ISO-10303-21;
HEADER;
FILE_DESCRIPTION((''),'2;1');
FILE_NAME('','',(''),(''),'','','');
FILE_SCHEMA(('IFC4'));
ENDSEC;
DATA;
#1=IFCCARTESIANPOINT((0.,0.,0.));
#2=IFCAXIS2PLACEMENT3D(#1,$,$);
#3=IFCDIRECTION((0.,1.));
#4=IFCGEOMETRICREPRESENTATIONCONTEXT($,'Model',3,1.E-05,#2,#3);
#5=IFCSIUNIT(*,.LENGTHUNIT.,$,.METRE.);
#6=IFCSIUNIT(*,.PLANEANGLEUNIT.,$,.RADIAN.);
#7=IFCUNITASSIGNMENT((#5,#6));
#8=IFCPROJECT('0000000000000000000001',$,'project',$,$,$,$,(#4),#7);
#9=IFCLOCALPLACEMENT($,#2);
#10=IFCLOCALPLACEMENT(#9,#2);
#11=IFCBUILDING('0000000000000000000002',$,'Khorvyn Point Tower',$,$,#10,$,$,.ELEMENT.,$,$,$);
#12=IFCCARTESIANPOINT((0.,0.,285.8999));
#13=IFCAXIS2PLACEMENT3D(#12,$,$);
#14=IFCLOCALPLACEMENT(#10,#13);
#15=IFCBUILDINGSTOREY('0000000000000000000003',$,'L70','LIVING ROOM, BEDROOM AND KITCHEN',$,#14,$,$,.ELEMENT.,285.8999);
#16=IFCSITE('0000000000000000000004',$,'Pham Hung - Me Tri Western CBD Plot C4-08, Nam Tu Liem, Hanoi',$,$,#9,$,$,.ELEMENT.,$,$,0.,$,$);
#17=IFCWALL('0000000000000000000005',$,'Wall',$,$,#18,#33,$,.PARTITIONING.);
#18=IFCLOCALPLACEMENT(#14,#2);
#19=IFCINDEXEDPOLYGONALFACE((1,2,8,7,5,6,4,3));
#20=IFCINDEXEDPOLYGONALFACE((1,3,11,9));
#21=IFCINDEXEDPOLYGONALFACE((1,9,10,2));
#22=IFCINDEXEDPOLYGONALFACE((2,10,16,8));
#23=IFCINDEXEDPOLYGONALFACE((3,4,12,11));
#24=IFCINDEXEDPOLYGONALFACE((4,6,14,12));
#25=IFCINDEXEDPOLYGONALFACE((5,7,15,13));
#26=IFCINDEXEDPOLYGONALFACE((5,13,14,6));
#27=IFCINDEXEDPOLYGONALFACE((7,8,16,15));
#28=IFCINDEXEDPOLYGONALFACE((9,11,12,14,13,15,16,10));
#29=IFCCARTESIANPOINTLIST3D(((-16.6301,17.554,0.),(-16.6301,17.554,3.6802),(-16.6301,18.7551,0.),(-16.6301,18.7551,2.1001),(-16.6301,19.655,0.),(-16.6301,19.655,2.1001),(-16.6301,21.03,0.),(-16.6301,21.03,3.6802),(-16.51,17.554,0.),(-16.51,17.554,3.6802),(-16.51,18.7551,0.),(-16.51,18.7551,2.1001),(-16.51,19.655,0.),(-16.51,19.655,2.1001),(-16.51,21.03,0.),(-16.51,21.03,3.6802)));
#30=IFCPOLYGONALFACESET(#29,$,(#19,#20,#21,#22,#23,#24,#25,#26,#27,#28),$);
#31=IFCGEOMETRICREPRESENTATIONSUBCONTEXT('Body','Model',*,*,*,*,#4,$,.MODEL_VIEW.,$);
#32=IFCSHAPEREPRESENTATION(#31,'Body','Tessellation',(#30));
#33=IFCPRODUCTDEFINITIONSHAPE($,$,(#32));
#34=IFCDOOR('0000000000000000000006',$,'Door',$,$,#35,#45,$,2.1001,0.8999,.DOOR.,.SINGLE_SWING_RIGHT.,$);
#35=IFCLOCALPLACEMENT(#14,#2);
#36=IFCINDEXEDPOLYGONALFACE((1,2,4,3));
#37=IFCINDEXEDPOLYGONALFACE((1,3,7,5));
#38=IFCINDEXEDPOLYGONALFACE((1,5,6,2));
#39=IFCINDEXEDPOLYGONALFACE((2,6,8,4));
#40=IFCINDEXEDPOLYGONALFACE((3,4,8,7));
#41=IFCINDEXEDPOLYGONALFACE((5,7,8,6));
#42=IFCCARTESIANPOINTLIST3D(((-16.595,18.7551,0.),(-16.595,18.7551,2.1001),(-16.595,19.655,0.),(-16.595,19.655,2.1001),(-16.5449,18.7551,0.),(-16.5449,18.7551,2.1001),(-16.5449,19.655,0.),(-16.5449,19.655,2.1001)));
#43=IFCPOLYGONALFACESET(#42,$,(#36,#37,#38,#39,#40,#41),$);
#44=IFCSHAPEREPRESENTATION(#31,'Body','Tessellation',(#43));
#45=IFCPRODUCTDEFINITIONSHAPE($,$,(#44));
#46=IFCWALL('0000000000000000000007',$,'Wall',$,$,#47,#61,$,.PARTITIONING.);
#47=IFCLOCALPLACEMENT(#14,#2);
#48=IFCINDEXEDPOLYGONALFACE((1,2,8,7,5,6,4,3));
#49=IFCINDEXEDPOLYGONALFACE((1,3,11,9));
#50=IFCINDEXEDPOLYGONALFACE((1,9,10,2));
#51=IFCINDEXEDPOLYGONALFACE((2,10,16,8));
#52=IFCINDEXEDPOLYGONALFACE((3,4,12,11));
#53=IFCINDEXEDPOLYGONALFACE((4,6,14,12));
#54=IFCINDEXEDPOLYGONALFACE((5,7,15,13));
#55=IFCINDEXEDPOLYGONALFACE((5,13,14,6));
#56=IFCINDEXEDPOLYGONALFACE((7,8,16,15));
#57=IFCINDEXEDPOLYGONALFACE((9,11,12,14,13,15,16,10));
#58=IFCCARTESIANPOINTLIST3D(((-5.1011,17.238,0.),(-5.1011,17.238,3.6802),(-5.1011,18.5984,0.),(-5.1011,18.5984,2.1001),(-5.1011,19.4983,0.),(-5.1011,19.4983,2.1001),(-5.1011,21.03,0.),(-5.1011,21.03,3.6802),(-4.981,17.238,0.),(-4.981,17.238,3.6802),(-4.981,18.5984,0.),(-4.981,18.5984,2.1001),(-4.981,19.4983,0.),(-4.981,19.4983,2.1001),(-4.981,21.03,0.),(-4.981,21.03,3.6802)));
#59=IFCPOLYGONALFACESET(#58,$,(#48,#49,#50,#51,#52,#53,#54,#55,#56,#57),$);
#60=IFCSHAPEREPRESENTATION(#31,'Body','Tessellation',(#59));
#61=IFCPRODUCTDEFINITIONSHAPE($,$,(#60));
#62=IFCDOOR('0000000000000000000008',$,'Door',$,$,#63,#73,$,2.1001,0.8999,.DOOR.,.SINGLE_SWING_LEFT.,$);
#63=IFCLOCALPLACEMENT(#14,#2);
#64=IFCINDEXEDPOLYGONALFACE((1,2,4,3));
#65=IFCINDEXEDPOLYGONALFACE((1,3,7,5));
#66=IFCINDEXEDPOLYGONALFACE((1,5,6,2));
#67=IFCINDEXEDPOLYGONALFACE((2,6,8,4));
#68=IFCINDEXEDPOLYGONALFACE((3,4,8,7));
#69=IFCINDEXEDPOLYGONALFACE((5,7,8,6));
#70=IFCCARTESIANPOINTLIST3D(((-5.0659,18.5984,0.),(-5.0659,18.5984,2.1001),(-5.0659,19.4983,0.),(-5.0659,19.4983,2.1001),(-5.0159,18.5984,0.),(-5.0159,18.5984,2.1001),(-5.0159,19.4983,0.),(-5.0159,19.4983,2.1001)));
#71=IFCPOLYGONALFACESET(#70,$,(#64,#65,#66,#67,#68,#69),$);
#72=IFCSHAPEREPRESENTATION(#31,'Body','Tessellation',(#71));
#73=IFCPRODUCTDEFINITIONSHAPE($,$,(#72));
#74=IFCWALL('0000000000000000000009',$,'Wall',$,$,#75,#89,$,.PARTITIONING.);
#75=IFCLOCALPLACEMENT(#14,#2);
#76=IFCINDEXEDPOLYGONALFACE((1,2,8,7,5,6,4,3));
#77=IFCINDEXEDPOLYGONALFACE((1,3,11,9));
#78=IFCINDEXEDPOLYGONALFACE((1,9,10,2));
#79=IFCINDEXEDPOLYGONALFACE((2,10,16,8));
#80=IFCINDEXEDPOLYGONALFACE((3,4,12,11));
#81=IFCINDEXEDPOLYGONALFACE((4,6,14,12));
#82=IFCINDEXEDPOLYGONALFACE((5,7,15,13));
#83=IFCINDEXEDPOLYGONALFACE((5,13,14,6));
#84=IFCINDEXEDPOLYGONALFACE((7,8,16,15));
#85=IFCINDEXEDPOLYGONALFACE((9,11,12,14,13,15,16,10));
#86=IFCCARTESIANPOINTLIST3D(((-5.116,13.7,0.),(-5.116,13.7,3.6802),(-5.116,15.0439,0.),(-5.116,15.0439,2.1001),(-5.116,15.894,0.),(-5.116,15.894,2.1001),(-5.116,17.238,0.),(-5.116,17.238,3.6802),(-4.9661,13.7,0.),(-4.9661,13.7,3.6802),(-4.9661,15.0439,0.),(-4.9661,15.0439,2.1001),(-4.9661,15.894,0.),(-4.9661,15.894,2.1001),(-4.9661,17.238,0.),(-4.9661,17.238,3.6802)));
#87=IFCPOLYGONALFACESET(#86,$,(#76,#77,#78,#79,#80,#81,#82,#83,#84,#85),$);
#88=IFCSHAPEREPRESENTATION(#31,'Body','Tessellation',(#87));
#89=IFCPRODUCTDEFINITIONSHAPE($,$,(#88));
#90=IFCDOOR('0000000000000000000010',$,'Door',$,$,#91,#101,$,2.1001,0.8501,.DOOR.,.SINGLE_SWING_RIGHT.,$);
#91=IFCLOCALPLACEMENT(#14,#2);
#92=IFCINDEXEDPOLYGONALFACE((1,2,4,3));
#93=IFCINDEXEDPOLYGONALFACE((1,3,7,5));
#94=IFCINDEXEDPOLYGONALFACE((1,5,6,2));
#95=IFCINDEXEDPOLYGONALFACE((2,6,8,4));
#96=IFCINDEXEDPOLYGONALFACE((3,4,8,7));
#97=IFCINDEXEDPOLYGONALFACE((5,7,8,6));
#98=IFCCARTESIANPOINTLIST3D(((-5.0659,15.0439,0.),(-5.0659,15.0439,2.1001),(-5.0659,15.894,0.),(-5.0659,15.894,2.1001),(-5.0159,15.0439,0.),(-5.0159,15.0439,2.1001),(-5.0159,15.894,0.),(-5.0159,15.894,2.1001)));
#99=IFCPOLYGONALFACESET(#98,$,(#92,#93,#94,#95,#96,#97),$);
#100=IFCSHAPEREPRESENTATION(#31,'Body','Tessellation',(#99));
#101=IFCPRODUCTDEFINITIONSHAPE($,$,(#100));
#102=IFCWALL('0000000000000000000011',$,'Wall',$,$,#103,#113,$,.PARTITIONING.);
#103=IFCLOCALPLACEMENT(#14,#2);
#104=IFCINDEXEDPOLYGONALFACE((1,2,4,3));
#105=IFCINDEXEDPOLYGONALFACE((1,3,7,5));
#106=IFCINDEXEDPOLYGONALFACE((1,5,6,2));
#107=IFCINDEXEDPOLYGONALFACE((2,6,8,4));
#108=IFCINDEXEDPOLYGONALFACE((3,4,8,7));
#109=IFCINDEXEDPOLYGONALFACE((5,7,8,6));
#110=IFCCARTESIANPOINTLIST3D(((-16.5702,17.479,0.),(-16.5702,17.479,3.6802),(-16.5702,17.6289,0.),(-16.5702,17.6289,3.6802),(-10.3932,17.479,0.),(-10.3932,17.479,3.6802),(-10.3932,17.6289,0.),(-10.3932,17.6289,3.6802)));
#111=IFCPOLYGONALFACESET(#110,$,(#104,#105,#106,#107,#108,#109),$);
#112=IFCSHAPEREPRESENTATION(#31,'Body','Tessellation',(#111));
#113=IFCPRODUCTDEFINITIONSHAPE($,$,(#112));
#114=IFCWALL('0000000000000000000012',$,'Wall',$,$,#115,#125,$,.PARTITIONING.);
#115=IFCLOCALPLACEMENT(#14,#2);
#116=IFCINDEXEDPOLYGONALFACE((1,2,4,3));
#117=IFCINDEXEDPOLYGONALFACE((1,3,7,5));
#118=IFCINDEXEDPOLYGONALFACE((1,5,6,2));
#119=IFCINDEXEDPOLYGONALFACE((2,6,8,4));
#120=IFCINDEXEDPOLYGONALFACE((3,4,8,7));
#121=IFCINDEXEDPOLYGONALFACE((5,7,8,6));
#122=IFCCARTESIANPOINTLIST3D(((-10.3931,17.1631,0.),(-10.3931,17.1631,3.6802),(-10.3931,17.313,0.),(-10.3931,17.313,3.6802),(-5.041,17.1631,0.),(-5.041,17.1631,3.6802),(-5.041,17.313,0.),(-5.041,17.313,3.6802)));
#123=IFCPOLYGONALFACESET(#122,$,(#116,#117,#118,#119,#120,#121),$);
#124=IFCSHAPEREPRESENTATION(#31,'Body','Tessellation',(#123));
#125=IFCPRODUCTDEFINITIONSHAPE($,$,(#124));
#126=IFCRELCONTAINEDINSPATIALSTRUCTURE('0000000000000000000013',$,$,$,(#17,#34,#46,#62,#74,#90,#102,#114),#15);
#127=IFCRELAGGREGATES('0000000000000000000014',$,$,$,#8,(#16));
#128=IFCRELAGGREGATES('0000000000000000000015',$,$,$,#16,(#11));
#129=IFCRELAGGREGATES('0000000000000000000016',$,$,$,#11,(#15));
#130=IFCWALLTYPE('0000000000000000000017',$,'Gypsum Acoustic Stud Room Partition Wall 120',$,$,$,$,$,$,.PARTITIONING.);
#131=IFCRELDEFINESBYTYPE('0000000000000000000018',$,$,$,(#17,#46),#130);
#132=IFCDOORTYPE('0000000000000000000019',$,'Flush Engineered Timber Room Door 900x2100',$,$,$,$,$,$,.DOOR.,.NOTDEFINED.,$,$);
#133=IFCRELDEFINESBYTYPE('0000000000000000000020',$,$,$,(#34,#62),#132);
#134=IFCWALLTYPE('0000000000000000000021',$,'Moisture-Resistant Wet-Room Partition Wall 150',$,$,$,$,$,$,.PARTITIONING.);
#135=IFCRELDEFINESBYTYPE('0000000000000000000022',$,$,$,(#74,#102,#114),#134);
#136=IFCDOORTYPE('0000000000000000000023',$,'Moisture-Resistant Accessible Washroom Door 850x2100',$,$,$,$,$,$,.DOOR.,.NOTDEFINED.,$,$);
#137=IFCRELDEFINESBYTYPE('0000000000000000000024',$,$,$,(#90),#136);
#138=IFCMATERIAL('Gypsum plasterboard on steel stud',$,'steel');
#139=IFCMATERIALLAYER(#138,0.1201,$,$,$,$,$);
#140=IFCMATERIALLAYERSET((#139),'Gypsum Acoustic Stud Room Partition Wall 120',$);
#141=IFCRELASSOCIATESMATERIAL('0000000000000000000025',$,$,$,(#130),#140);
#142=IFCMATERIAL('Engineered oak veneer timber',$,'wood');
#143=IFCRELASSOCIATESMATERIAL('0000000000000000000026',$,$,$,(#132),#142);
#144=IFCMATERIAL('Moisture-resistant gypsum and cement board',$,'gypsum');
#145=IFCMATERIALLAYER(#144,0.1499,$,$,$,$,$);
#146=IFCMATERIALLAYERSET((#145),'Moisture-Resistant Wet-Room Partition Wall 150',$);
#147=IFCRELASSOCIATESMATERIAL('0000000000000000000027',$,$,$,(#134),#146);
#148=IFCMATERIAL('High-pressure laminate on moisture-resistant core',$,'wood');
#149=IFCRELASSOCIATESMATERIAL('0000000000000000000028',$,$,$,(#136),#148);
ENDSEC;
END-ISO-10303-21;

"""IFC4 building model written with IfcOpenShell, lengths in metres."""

from ifc_helpers import new_model, si_unit, direction, frame, frame_2d, origin, place, context, subcontext, project, spatial, rectangle, extrude, material, layer, layer_set, type_object, element, fill, save


model = new_model("IFC4")

# Units and contexts
model_context = context("Model", 3, precision=1e-05, world=origin(), true_north=direction((0.0, 1.0)))
body_context = subcontext(model_context, "Body", "Model", "MODEL_VIEW")
ifc_project = project(units=[si_unit("LENGTHUNIT", "METRE"), si_unit("PLANEANGLEUNIT", "RADIAN")], contexts=[model_context])

# Site, building, storey
site_placement = place(None, origin())
site = spatial("IfcSite", under=ifc_project, at=site_placement, Name="Pham Hung - Me Tri Western CBD Plot C4-08, Nam Tu Liem, Hanoi", CompositionType="ELEMENT", RefElevation=0.0)
building_placement = place(site_placement, origin())
building = spatial("IfcBuilding", under=site, at=building_placement, Name="Khorvyn Point Tower", CompositionType="ELEMENT")
storey_placement = place(building_placement, frame((0.0, 0.0, 285.8999)))
storey = spatial("IfcBuildingStorey", under=building, at=storey_placement, Name="L70", Description="LIVING ROOM, BEDROOM AND KITCHEN", CompositionType="ELEMENT", Elevation=285.8999)

# Walls, openings, doors
ifc_material_1 = material(Name="Gypsum plasterboard on steel stud", Category="steel")
ifc_layer_1 = layer(ifc_material_1, 0.1201)
ifc_layer_set_1 = layer_set([ifc_layer_1], Name="Gypsum Acoustic Stud Room Partition Wall 120")
wall_type_1 = type_object("IfcWallType", Name="Gypsum Acoustic Stud Room Partition Wall 120", PredefinedType="PARTITIONING", material=ifc_layer_set_1)
wall_1_placement = place(storey_placement, frame((-16.5701, 17.554, 0.0), z_axis=(0.0, 0.0, 1.0), x_axis=(0.0, 1.0, 0.0)))
wall_1 = element("IfcWall", 1, at=wall_1_placement, inside=storey, type_object=wall_type_1, Name="Wall", PredefinedType="PARTITIONING", context=body_context, shape_type="SweptSolid", body=[
    extrude(rectangle(XDim=3.4761, YDim=0.1201, at=frame_2d((1.738, 0.0))), origin(), (0.0, 0.0, 1.0), 3.6802),
])
opening_1_placement = place(wall_1_placement, frame((1.2012, 0.0, 0.0)))
opening_1 = element("IfcOpeningElement", 2, at=opening_1_placement, cuts=wall_1, PredefinedType="OPENING", context=body_context, shape_type="SweptSolid", body=[
    extrude(rectangle(XDim=0.8999, YDim=2.1001, at=frame_2d((0.45, 1.05))), frame((0.0, 0.0701, 0.0), z_axis=(0.0, -1.0, 0.0), x_axis=(1.0, 0.0, 0.0)), (0.0, 0.0, 1.0), 0.1401),
])
ifc_material_2 = material(Name="Engineered oak veneer timber", Category="wood")
door_type_1 = type_object("IfcDoorType", Name="Flush Engineered Timber Room Door 900x2100", OperationType="NOTDEFINED", PredefinedType="DOOR", material=ifc_material_2)
door_1_placement = place(opening_1_placement, origin())
door_1 = element("IfcDoor", 3, at=door_1_placement, inside=storey, type_object=door_type_1, Name="Door", OperationType="SINGLE_SWING_RIGHT", OverallHeight=2.1001, OverallWidth=0.8999, PredefinedType="DOOR", context=body_context, shape_type="SweptSolid", body=[
    extrude(rectangle(XDim=0.8999, YDim=2.1001, at=frame_2d((0.45, 1.05))), frame((0.0, 0.0249, 0.0), z_axis=(0.0, -1.0, 0.0), x_axis=(1.0, 0.0, 0.0)), (0.0, 0.0, 1.0), 0.05),
])
fill(opening_1, door_1)
wall_2_placement = place(storey_placement, frame((-5.041, 17.238, 0.0), z_axis=(0.0, 0.0, 1.0), x_axis=(0.0, 1.0, 0.0)))
wall_2 = element("IfcWall", 4, at=wall_2_placement, inside=storey, type_object=wall_type_1, Name="Wall", PredefinedType="PARTITIONING", context=body_context, shape_type="SweptSolid", body=[
    extrude(rectangle(XDim=3.792, YDim=0.1201, at=frame_2d((1.896, 0.0))), origin(), (0.0, 0.0, 1.0), 3.6802),
])
opening_2_placement = place(wall_2_placement, frame((1.3604, 0.0, 0.0)))
opening_2 = element("IfcOpeningElement", 5, at=opening_2_placement, cuts=wall_2, PredefinedType="OPENING", context=body_context, shape_type="SweptSolid", body=[
    extrude(rectangle(XDim=0.8999, YDim=2.1001, at=frame_2d((0.45, 1.05))), frame((0.0, 0.0701, 0.0), z_axis=(0.0, -1.0, 0.0), x_axis=(1.0, 0.0, 0.0)), (0.0, 0.0, 1.0), 0.1401),
])
door_2_placement = place(opening_2_placement, origin())
door_2 = element("IfcDoor", 6, at=door_2_placement, inside=storey, type_object=door_type_1, Name="Door", OperationType="SINGLE_SWING_LEFT", OverallHeight=2.1001, OverallWidth=0.8999, PredefinedType="DOOR", context=body_context, shape_type="SweptSolid", body=[
    extrude(rectangle(XDim=0.8999, YDim=2.1001, at=frame_2d((0.45, 1.05))), frame((0.0, 0.0249, 0.0), z_axis=(0.0, -1.0, 0.0), x_axis=(1.0, 0.0, 0.0)), (0.0, 0.0, 1.0), 0.05),
])
fill(opening_2, door_2)
ifc_material_3 = material(Name="Moisture-resistant gypsum and cement board", Category="gypsum")
ifc_layer_2 = layer(ifc_material_3, 0.1499)
ifc_layer_set_2 = layer_set([ifc_layer_2], Name="Moisture-Resistant Wet-Room Partition Wall 150")
wall_type_2 = type_object("IfcWallType", Name="Moisture-Resistant Wet-Room Partition Wall 150", PredefinedType="PARTITIONING", material=ifc_layer_set_2)
wall_3_placement = place(storey_placement, frame((-5.041, 13.7, 0.0), z_axis=(0.0, 0.0, 1.0), x_axis=(0.0, 1.0, 0.0)))
wall_3 = element("IfcWall", 7, at=wall_3_placement, inside=storey, type_object=wall_type_2, Name="Wall", PredefinedType="PARTITIONING", context=body_context, shape_type="SweptSolid", body=[
    extrude(rectangle(XDim=3.5381, YDim=0.1499, at=frame_2d((1.769, 0.0))), origin(), (0.0, 0.0, 1.0), 3.6802),
])
opening_3_placement = place(wall_3_placement, frame((1.344, 0.0, 0.0)))
opening_3 = element("IfcOpeningElement", 8, at=opening_3_placement, cuts=wall_3, PredefinedType="OPENING", context=body_context, shape_type="SweptSolid", body=[
    extrude(rectangle(XDim=0.8501, YDim=2.1001, at=frame_2d((0.425, 1.05))), frame((0.0, 0.085, 0.0), z_axis=(0.0, -1.0, 0.0), x_axis=(1.0, 0.0, 0.0)), (0.0, 0.0, 1.0), 0.1699),
])
ifc_material_4 = material(Name="High-pressure laminate on moisture-resistant core", Category="wood")
door_type_2 = type_object("IfcDoorType", Name="Moisture-Resistant Accessible Washroom Door 850x2100", OperationType="NOTDEFINED", PredefinedType="DOOR", material=ifc_material_4)
door_3_placement = place(opening_3_placement, origin())
door_3 = element("IfcDoor", 9, at=door_3_placement, inside=storey, type_object=door_type_2, Name="Door", OperationType="SINGLE_SWING_RIGHT", OverallHeight=2.1001, OverallWidth=0.8501, PredefinedType="DOOR", context=body_context, shape_type="SweptSolid", body=[
    extrude(rectangle(XDim=0.8501, YDim=2.1001, at=frame_2d((0.425, 1.05))), frame((0.0, 0.0249, 0.0), z_axis=(0.0, -1.0, 0.0), x_axis=(1.0, 0.0, 0.0)), (0.0, 0.0, 1.0), 0.05),
])
fill(opening_3, door_3)

# Walls
wall_4_placement = place(storey_placement, frame((-16.5701, 17.554, 0.0), z_axis=(0.0, 0.0, 1.0), x_axis=(1.0, 0.0, 0.0)))
element("IfcWall", 10, at=wall_4_placement, inside=storey, type_object=wall_type_2, Name="Wall", PredefinedType="PARTITIONING", context=body_context, shape_type="SweptSolid", body=[
    extrude(rectangle(XDim=6.177, YDim=0.1499, at=frame_2d((3.0884, 0.0))), origin(), (0.0, 0.0, 1.0), 3.6802),
])
wall_5_placement = place(storey_placement, frame((-10.3931, 17.238, 0.0), z_axis=(0.0, 0.0, 1.0), x_axis=(1.0, 0.0, 0.0)))
element("IfcWall", 11, at=wall_5_placement, inside=storey, type_object=wall_type_2, Name="Wall", PredefinedType="PARTITIONING", context=body_context, shape_type="SweptSolid", body=[
    extrude(rectangle(XDim=5.3521, YDim=0.1499, at=frame_2d((2.676, 0.0))), origin(), (0.0, 0.0, 1.0), 3.6802),
])

save(model, "model.ifc")
